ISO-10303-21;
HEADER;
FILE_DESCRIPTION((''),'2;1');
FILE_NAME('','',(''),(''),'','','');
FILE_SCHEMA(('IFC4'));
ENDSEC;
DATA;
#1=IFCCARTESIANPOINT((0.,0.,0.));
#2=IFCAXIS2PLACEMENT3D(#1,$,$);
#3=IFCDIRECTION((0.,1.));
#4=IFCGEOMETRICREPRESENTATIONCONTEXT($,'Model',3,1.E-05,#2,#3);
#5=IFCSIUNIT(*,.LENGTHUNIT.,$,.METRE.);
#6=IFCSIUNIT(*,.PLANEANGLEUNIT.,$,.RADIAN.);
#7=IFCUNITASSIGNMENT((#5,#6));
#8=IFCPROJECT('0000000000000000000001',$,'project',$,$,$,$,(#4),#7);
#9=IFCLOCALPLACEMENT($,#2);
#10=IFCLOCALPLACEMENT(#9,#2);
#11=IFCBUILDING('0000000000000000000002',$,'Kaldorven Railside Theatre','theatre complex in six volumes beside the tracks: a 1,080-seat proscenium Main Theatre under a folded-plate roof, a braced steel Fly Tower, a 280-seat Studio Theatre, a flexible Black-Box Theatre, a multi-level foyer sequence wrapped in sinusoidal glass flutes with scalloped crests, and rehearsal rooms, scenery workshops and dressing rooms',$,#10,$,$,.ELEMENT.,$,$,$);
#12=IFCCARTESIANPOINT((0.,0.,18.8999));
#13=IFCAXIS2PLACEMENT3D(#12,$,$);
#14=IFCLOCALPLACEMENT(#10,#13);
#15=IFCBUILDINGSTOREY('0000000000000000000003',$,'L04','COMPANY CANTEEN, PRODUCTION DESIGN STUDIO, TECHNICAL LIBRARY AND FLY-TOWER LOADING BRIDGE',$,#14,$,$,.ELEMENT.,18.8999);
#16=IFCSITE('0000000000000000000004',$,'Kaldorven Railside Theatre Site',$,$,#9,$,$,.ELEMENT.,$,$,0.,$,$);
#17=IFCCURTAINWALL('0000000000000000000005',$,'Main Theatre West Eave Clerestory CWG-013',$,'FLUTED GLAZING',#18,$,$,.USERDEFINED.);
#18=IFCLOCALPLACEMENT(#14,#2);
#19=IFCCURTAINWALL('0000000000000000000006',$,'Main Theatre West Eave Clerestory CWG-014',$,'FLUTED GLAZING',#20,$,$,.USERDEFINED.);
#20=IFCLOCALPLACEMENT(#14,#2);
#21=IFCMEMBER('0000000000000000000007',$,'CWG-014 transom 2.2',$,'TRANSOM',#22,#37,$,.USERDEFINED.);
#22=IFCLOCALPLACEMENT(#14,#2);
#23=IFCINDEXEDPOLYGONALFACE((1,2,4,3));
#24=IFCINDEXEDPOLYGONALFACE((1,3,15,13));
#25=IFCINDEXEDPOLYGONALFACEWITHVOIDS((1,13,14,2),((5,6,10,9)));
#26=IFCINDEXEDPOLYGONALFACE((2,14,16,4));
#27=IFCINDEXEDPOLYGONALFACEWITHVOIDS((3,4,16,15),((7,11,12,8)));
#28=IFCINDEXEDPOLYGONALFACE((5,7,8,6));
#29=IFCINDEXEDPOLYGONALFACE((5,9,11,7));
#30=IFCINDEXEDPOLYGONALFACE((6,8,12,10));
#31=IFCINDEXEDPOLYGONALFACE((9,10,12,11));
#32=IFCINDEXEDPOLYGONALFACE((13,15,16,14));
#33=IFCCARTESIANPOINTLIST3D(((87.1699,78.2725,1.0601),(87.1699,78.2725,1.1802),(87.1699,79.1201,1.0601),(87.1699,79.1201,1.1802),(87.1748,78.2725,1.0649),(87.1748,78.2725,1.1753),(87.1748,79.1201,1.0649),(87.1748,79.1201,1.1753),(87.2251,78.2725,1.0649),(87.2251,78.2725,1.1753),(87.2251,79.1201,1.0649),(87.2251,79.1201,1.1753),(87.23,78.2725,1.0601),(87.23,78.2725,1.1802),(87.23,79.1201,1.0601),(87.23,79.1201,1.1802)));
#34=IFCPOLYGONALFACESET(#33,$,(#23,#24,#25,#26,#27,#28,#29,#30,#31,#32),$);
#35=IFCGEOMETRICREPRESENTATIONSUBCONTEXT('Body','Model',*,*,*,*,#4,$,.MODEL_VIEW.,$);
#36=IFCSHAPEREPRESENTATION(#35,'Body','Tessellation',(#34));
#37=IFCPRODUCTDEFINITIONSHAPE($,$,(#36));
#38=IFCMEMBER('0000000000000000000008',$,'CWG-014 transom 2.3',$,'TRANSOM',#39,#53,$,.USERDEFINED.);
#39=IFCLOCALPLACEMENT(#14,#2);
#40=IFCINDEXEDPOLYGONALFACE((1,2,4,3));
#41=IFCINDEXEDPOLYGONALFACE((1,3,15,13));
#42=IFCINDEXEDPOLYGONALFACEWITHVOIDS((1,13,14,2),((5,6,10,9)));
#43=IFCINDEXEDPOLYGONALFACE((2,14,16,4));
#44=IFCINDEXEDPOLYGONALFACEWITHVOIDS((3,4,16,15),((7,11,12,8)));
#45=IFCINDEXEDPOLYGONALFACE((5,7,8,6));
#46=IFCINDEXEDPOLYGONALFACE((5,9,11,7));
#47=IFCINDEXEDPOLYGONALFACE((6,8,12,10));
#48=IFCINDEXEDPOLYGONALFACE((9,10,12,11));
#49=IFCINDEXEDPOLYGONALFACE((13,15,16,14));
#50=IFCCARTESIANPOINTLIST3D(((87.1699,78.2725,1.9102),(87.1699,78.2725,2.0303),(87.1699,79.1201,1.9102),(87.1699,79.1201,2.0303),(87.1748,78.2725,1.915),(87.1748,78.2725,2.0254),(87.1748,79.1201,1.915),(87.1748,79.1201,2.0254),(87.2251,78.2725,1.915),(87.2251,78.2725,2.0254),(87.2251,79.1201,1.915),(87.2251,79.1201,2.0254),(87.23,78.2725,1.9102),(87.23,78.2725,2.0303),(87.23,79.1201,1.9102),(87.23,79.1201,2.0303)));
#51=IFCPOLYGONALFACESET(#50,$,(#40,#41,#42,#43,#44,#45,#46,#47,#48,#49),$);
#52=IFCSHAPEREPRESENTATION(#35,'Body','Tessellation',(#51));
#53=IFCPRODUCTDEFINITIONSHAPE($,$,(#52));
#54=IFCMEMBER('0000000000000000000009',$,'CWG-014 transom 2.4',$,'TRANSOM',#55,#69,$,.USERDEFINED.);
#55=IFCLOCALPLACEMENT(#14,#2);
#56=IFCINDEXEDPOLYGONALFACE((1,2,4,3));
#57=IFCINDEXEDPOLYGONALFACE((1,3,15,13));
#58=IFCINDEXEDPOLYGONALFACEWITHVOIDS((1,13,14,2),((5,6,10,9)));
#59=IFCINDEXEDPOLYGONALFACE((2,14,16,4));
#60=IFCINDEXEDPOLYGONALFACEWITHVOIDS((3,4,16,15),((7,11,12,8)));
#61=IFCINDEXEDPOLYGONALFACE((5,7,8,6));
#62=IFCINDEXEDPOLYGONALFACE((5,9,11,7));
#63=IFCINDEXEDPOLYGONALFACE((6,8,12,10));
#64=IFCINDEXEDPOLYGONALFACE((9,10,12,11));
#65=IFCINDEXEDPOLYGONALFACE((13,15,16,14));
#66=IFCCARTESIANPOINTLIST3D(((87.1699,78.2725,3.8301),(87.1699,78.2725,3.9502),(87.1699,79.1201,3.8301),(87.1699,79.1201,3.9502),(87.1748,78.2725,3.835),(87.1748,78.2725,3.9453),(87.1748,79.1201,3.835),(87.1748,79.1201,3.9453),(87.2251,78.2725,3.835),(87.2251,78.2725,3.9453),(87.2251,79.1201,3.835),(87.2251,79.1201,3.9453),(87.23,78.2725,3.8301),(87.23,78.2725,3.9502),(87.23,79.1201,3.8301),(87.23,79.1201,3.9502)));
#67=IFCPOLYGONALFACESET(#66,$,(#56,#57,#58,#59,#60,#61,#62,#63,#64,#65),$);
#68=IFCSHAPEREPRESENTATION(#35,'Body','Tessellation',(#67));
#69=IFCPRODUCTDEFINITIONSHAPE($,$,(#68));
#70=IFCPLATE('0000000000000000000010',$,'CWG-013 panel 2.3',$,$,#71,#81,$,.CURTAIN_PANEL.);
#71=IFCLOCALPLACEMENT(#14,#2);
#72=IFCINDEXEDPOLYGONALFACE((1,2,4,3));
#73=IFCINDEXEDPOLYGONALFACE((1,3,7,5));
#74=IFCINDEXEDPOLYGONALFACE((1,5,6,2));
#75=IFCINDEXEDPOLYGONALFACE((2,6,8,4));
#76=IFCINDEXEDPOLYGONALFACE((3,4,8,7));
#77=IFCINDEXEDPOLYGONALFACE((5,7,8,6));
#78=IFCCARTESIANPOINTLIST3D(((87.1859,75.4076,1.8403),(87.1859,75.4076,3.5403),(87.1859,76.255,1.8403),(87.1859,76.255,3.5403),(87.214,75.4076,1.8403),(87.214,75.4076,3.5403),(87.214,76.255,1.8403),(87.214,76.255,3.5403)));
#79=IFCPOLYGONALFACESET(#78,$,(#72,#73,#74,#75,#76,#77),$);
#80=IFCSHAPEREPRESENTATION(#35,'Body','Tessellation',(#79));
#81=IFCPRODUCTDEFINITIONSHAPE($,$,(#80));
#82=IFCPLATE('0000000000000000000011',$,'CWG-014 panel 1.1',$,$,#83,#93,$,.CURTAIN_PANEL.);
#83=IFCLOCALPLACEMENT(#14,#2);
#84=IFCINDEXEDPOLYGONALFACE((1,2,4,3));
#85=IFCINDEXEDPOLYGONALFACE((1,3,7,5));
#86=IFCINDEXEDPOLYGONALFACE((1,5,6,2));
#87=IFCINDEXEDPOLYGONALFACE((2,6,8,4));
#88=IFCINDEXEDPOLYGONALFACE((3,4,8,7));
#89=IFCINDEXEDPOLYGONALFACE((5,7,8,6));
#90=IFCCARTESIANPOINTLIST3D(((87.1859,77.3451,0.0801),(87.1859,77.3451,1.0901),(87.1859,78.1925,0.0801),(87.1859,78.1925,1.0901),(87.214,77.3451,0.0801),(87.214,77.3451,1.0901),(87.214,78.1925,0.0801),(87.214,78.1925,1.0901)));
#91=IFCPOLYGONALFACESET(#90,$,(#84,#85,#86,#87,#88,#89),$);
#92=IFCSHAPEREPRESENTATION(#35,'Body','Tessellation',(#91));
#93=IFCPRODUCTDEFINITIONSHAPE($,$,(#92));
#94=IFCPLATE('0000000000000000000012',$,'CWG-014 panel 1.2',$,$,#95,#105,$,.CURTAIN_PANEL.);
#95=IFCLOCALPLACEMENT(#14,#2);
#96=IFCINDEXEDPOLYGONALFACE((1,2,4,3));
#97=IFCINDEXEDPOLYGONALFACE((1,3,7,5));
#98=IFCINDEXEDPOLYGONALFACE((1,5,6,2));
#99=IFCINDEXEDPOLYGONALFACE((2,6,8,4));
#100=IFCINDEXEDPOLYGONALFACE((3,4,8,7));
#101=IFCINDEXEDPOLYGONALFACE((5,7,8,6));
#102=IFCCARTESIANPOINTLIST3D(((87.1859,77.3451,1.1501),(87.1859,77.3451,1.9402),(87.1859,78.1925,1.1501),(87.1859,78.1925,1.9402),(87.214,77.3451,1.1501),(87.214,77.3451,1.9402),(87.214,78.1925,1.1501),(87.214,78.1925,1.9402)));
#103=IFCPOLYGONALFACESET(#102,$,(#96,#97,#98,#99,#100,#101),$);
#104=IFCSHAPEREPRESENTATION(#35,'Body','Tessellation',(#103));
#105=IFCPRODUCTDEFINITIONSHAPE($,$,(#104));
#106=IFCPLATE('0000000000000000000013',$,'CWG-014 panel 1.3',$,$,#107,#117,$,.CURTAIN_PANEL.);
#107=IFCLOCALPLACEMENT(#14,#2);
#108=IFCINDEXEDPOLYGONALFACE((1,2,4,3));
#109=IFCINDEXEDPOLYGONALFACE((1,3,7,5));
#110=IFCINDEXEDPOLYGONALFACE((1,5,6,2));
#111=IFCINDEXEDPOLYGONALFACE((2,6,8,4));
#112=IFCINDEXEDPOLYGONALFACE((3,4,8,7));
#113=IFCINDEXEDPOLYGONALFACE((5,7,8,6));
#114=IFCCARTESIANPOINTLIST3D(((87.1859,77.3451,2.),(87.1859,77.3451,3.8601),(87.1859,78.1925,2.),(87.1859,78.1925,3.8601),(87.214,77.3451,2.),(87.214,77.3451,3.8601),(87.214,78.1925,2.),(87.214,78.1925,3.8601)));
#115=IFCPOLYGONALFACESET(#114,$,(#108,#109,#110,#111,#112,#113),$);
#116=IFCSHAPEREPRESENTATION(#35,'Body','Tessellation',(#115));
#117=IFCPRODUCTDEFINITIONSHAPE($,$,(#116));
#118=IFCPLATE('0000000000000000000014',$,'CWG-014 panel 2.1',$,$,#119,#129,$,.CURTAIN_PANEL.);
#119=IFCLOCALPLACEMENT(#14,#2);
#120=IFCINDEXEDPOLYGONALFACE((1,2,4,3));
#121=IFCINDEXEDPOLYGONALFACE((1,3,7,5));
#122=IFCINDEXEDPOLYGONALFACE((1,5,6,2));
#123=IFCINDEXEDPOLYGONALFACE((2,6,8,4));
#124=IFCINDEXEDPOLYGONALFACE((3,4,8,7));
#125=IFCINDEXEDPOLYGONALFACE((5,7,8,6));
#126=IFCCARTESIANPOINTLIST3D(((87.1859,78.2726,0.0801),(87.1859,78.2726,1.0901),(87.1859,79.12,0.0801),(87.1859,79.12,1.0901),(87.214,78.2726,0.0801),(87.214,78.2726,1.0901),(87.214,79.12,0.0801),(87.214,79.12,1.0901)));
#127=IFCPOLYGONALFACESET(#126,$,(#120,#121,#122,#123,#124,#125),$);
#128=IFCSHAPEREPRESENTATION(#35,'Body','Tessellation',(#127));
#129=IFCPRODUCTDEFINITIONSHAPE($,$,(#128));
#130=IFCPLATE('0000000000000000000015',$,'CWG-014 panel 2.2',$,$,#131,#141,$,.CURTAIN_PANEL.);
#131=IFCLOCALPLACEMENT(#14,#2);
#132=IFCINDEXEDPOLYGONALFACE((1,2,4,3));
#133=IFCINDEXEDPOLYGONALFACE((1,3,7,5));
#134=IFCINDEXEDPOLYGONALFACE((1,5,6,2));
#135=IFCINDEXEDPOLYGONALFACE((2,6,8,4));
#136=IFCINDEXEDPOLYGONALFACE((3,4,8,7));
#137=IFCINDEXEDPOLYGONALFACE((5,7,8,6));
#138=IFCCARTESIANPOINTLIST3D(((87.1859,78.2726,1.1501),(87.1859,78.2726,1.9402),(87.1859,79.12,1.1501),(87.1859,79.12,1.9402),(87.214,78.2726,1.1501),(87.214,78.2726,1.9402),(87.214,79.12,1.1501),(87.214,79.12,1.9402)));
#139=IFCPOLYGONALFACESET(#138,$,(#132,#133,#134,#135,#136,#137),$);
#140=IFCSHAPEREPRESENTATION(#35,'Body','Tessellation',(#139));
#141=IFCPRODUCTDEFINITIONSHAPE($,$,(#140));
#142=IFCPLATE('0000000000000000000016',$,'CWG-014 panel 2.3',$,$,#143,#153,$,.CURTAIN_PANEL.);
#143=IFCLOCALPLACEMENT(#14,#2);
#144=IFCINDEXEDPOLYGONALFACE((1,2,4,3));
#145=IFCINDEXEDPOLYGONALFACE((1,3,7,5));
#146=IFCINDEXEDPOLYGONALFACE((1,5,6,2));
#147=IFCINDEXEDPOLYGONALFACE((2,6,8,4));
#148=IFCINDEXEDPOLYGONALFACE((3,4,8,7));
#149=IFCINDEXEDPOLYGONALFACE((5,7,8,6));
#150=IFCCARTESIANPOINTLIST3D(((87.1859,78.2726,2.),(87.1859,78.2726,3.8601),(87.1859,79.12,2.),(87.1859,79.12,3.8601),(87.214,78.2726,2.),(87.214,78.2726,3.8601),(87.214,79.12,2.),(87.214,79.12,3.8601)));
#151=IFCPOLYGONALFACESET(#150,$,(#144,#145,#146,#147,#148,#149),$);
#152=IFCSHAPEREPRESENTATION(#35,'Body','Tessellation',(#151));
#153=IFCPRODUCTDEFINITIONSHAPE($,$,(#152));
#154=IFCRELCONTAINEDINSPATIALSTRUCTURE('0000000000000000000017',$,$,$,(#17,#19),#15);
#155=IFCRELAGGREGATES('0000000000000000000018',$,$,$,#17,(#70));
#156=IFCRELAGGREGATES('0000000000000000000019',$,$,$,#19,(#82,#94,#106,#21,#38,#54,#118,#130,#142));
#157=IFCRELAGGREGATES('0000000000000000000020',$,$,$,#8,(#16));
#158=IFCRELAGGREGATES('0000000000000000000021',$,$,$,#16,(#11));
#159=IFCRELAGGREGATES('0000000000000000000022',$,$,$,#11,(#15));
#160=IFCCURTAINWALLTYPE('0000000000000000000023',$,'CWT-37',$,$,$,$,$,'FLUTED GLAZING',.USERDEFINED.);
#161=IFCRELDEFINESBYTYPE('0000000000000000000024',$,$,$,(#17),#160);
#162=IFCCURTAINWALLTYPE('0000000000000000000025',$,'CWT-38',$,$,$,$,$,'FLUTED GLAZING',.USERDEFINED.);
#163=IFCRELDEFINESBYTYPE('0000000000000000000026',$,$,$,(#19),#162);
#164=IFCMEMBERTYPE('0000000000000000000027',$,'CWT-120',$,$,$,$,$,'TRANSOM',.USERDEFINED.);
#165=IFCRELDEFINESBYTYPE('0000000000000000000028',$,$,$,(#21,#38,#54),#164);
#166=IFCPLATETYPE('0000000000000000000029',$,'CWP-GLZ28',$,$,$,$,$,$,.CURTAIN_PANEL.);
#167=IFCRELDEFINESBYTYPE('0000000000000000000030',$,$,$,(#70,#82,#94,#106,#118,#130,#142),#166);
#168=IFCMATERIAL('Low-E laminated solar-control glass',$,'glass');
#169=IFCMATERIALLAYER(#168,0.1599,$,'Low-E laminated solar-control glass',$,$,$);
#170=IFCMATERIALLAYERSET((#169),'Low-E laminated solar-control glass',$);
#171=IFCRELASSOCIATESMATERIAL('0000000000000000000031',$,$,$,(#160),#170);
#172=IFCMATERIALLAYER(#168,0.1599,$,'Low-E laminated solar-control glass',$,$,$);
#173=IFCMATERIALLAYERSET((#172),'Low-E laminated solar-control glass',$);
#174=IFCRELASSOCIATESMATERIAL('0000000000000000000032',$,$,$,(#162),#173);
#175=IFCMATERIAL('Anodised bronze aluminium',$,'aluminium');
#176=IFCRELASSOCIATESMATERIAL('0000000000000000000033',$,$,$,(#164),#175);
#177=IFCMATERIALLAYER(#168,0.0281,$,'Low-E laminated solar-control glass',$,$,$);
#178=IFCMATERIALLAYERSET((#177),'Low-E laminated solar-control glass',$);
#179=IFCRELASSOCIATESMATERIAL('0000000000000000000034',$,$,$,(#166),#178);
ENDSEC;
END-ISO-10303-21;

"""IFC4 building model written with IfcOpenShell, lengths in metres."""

from ifc_helpers import new_model, si_unit, direction, frame, origin, origin_2d, place, context, subcontext, project, spatial, rectangle, hollow_rectangle, extrude, material, layer, layer_set, material_profile, profile_set, type_object, element, aggregate, save


model = new_model("IFC4")

# Units and contexts
model_context = context("Model", 3, precision=1e-05, world=origin(), true_north=direction((0.0, 1.0)))
body_context = subcontext(model_context, "Body", "Model", "MODEL_VIEW")
ifc_project = project(units=[si_unit("LENGTHUNIT", "METRE"), si_unit("PLANEANGLEUNIT", "RADIAN")], contexts=[model_context])

# Site, building, storey
site_placement = place(None, origin())
site = spatial("IfcSite", under=ifc_project, at=site_placement, Name="Kaldorven Railside Theatre Site", CompositionType="ELEMENT", RefElevation=0.0)
building_placement = place(site_placement, origin())
building = spatial("IfcBuilding", under=site, at=building_placement, Name="Kaldorven Railside Theatre", Description="theatre complex in six volumes beside the tracks: a 1,080-seat proscenium Main Theatre under a folded-plate roof, a braced steel Fly Tower, a 280-seat Studio Theatre, a flexible Black-Box Theatre, a multi-level foyer sequence wrapped in sinusoidal glass flutes with scalloped crests, and rehearsal rooms, scenery workshops and dressing rooms", CompositionType="ELEMENT")
storey_placement = place(building_placement, frame((0.0, 0.0, 18.8999)))
storey = spatial("IfcBuildingStorey", under=building, at=storey_placement, Name="L04", Description="COMPANY CANTEEN, PRODUCTION DESIGN STUDIO, TECHNICAL LIBRARY AND FLY-TOWER LOADING BRIDGE", CompositionType="ELEMENT", Elevation=18.8999)

# Curtain wall
ifc_material_1 = material(Name="Low-E laminated solar-control glass", Category="glass")
ifc_layer_1 = layer(ifc_material_1, 0.1599, Name="Low-E laminated solar-control glass")
ifc_layer_set_1 = layer_set([ifc_layer_1], Name="Low-E laminated solar-control glass")
curtain_wall_type_1 = type_object("IfcCurtainWallType", Name="CWT-37", ElementType="FLUTED GLAZING", PredefinedType="USERDEFINED", material=ifc_layer_set_1)
curtain_wall_1_placement = place(storey_placement, origin())
curtain_wall_1 = element("IfcCurtainWall", 1, at=curtain_wall_1_placement, inside=storey, type_object=curtain_wall_type_1, Name="Main Theatre West Eave Clerestory CWG-013", ObjectType="FLUTED GLAZING", PredefinedType="USERDEFINED")
ifc_material_2 = material(Name="Anodised bronze aluminium", Category="aluminium")

# Curtain wall, members
ifc_layer_2 = layer(ifc_material_1, 0.1599, Name="Low-E laminated solar-control glass")
ifc_layer_set_2 = layer_set([ifc_layer_2], Name="Low-E laminated solar-control glass")
curtain_wall_type_2 = type_object("IfcCurtainWallType", Name="CWT-38", ElementType="FLUTED GLAZING", PredefinedType="USERDEFINED", material=ifc_layer_set_2)
curtain_wall_2_placement = place(storey_placement, origin())
curtain_wall_2 = element("IfcCurtainWall", 2, at=curtain_wall_2_placement, inside=storey, type_object=curtain_wall_type_2, Name="Main Theatre West Eave Clerestory CWG-014", ObjectType="FLUTED GLAZING", PredefinedType="USERDEFINED")
ifc_material_profile_1 = material_profile(ifc_material_2, hollow_rectangle(XDim=0.0601, YDim=0.1201, WallThickness=0.0049, at=origin_2d()), Name="RHS 120x60x5")
ifc_profile_set_1 = profile_set([ifc_material_profile_1], Name="Anodised bronze aluminium")
member_type_1 = type_object("IfcMemberType", Name="CWT-120", ElementType="TRANSOM", PredefinedType="USERDEFINED", material=ifc_profile_set_1)
member_1_placement = place(storey_placement, frame((87.2, 78.2725, 1.1201), z_axis=(0.0, 1.0, 0.0), x_axis=(-1.0, 0.0, 0.0)))
member_1 = element("IfcMember", 3, at=member_1_placement, type_object=member_type_1, Name="CWG-014 transom 2.2", ObjectType="TRANSOM", PredefinedType="USERDEFINED", context=body_context, shape_type="SweptSolid", body=[
    extrude(hollow_rectangle(XDim=0.0601, YDim=0.1201, WallThickness=0.0049, at=origin_2d()), origin(), (0.0, 0.0, 1.0), 0.8477),
])
member_2_placement = place(storey_placement, frame((87.2, 78.2725, 1.9702), z_axis=(0.0, 1.0, 0.0), x_axis=(-1.0, 0.0, 0.0)))
member_2 = element("IfcMember", 4, at=member_2_placement, type_object=member_type_1, Name="CWG-014 transom 2.3", ObjectType="TRANSOM", PredefinedType="USERDEFINED", context=body_context, shape_type="SweptSolid", body=[
    extrude(hollow_rectangle(XDim=0.0601, YDim=0.1201, WallThickness=0.0049, at=origin_2d()), origin(), (0.0, 0.0, 1.0), 0.8477),
])
member_3_placement = place(storey_placement, frame((87.2, 78.2725, 3.8901), z_axis=(0.0, 1.0, 0.0), x_axis=(-1.0, 0.0, 0.0)))
member_3 = element("IfcMember", 5, at=member_3_placement, type_object=member_type_1, Name="CWG-014 transom 2.4", ObjectType="TRANSOM", PredefinedType="USERDEFINED", context=body_context, shape_type="SweptSolid", body=[
    extrude(hollow_rectangle(XDim=0.0601, YDim=0.1201, WallThickness=0.0049, at=origin_2d()), origin(), (0.0, 0.0, 1.0), 0.8477),
])

# Plates
ifc_layer_3 = layer(ifc_material_1, 0.0281, Name="Low-E laminated solar-control glass")
ifc_layer_set_3 = layer_set([ifc_layer_3], Name="Low-E laminated solar-control glass")
plate_type = type_object("IfcPlateType", Name="CWP-GLZ28", PredefinedType="CURTAIN_PANEL", material=ifc_layer_set_3)
plate_1_placement = place(storey_placement, frame((87.2, 75.8313, 1.8403), z_axis=(0.0, 0.0, 1.0), x_axis=(0.0, 1.0, 0.0)))
plate_1 = element("IfcPlate", 6, at=plate_1_placement, type_object=plate_type, Name="CWG-013 panel 2.3", PredefinedType="CURTAIN_PANEL", context=body_context, shape_type="SweptSolid", body=[
    extrude(rectangle(XDim=0.8474, YDim=0.0281, at=origin_2d()), origin(), (0.0, 0.0, 1.0), 1.7),
])
aggregate(curtain_wall_1, [plate_1])
plate_2_placement = place(storey_placement, frame((87.2, 77.7688, 0.0801), z_axis=(0.0, 0.0, 1.0), x_axis=(0.0, 1.0, 0.0)))
plate_2 = element("IfcPlate", 7, at=plate_2_placement, type_object=plate_type, Name="CWG-014 panel 1.1", PredefinedType="CURTAIN_PANEL", context=body_context, shape_type="SweptSolid", body=[
    extrude(rectangle(XDim=0.8474, YDim=0.0281, at=origin_2d()), origin(), (0.0, 0.0, 1.0), 1.01),
])
plate_3_placement = place(storey_placement, frame((87.2, 77.7688, 1.1501), z_axis=(0.0, 0.0, 1.0), x_axis=(0.0, 1.0, 0.0)))
plate_3 = element("IfcPlate", 8, at=plate_3_placement, type_object=plate_type, Name="CWG-014 panel 1.2", PredefinedType="CURTAIN_PANEL", context=body_context, shape_type="SweptSolid", body=[
    extrude(rectangle(XDim=0.8474, YDim=0.0281, at=origin_2d()), origin(), (0.0, 0.0, 1.0), 0.79),
])
plate_4_placement = place(storey_placement, frame((87.2, 77.7688, 2.0), z_axis=(0.0, 0.0, 1.0), x_axis=(0.0, 1.0, 0.0)))
plate_4 = element("IfcPlate", 9, at=plate_4_placement, type_object=plate_type, Name="CWG-014 panel 1.3", PredefinedType="CURTAIN_PANEL", context=body_context, shape_type="SweptSolid", body=[
    extrude(rectangle(XDim=0.8474, YDim=0.0281, at=origin_2d()), origin(), (0.0, 0.0, 1.0), 1.8601),
])
plate_5_placement = place(storey_placement, frame((87.2, 78.6963, 0.0801), z_axis=(0.0, 0.0, 1.0), x_axis=(0.0, 1.0, 0.0)))
plate_5 = element("IfcPlate", 10, at=plate_5_placement, type_object=plate_type, Name="CWG-014 panel 2.1", PredefinedType="CURTAIN_PANEL", context=body_context, shape_type="SweptSolid", body=[
    extrude(rectangle(XDim=0.8474, YDim=0.0281, at=origin_2d()), origin(), (0.0, 0.0, 1.0), 1.01),
])
plate_6_placement = place(storey_placement, frame((87.2, 78.6963, 1.1501), z_axis=(0.0, 0.0, 1.0), x_axis=(0.0, 1.0, 0.0)))
plate_6 = element("IfcPlate", 11, at=plate_6_placement, type_object=plate_type, Name="CWG-014 panel 2.2", PredefinedType="CURTAIN_PANEL", context=body_context, shape_type="SweptSolid", body=[
    extrude(rectangle(XDim=0.8474, YDim=0.0281, at=origin_2d()), origin(), (0.0, 0.0, 1.0), 0.79),
])
plate_7_placement = place(storey_placement, frame((87.2, 78.6963, 2.0), z_axis=(0.0, 0.0, 1.0), x_axis=(0.0, 1.0, 0.0)))
plate_7 = element("IfcPlate", 12, at=plate_7_placement, type_object=plate_type, Name="CWG-014 panel 2.3", PredefinedType="CURTAIN_PANEL", context=body_context, shape_type="SweptSolid", body=[
    extrude(rectangle(XDim=0.8474, YDim=0.0281, at=origin_2d()), origin(), (0.0, 0.0, 1.0), 1.8601),
])
aggregate(curtain_wall_2, [plate_2, plate_3, plate_4, member_1, member_2, member_3, plate_5, plate_6, plate_7])

save(model, "model.ifc")
